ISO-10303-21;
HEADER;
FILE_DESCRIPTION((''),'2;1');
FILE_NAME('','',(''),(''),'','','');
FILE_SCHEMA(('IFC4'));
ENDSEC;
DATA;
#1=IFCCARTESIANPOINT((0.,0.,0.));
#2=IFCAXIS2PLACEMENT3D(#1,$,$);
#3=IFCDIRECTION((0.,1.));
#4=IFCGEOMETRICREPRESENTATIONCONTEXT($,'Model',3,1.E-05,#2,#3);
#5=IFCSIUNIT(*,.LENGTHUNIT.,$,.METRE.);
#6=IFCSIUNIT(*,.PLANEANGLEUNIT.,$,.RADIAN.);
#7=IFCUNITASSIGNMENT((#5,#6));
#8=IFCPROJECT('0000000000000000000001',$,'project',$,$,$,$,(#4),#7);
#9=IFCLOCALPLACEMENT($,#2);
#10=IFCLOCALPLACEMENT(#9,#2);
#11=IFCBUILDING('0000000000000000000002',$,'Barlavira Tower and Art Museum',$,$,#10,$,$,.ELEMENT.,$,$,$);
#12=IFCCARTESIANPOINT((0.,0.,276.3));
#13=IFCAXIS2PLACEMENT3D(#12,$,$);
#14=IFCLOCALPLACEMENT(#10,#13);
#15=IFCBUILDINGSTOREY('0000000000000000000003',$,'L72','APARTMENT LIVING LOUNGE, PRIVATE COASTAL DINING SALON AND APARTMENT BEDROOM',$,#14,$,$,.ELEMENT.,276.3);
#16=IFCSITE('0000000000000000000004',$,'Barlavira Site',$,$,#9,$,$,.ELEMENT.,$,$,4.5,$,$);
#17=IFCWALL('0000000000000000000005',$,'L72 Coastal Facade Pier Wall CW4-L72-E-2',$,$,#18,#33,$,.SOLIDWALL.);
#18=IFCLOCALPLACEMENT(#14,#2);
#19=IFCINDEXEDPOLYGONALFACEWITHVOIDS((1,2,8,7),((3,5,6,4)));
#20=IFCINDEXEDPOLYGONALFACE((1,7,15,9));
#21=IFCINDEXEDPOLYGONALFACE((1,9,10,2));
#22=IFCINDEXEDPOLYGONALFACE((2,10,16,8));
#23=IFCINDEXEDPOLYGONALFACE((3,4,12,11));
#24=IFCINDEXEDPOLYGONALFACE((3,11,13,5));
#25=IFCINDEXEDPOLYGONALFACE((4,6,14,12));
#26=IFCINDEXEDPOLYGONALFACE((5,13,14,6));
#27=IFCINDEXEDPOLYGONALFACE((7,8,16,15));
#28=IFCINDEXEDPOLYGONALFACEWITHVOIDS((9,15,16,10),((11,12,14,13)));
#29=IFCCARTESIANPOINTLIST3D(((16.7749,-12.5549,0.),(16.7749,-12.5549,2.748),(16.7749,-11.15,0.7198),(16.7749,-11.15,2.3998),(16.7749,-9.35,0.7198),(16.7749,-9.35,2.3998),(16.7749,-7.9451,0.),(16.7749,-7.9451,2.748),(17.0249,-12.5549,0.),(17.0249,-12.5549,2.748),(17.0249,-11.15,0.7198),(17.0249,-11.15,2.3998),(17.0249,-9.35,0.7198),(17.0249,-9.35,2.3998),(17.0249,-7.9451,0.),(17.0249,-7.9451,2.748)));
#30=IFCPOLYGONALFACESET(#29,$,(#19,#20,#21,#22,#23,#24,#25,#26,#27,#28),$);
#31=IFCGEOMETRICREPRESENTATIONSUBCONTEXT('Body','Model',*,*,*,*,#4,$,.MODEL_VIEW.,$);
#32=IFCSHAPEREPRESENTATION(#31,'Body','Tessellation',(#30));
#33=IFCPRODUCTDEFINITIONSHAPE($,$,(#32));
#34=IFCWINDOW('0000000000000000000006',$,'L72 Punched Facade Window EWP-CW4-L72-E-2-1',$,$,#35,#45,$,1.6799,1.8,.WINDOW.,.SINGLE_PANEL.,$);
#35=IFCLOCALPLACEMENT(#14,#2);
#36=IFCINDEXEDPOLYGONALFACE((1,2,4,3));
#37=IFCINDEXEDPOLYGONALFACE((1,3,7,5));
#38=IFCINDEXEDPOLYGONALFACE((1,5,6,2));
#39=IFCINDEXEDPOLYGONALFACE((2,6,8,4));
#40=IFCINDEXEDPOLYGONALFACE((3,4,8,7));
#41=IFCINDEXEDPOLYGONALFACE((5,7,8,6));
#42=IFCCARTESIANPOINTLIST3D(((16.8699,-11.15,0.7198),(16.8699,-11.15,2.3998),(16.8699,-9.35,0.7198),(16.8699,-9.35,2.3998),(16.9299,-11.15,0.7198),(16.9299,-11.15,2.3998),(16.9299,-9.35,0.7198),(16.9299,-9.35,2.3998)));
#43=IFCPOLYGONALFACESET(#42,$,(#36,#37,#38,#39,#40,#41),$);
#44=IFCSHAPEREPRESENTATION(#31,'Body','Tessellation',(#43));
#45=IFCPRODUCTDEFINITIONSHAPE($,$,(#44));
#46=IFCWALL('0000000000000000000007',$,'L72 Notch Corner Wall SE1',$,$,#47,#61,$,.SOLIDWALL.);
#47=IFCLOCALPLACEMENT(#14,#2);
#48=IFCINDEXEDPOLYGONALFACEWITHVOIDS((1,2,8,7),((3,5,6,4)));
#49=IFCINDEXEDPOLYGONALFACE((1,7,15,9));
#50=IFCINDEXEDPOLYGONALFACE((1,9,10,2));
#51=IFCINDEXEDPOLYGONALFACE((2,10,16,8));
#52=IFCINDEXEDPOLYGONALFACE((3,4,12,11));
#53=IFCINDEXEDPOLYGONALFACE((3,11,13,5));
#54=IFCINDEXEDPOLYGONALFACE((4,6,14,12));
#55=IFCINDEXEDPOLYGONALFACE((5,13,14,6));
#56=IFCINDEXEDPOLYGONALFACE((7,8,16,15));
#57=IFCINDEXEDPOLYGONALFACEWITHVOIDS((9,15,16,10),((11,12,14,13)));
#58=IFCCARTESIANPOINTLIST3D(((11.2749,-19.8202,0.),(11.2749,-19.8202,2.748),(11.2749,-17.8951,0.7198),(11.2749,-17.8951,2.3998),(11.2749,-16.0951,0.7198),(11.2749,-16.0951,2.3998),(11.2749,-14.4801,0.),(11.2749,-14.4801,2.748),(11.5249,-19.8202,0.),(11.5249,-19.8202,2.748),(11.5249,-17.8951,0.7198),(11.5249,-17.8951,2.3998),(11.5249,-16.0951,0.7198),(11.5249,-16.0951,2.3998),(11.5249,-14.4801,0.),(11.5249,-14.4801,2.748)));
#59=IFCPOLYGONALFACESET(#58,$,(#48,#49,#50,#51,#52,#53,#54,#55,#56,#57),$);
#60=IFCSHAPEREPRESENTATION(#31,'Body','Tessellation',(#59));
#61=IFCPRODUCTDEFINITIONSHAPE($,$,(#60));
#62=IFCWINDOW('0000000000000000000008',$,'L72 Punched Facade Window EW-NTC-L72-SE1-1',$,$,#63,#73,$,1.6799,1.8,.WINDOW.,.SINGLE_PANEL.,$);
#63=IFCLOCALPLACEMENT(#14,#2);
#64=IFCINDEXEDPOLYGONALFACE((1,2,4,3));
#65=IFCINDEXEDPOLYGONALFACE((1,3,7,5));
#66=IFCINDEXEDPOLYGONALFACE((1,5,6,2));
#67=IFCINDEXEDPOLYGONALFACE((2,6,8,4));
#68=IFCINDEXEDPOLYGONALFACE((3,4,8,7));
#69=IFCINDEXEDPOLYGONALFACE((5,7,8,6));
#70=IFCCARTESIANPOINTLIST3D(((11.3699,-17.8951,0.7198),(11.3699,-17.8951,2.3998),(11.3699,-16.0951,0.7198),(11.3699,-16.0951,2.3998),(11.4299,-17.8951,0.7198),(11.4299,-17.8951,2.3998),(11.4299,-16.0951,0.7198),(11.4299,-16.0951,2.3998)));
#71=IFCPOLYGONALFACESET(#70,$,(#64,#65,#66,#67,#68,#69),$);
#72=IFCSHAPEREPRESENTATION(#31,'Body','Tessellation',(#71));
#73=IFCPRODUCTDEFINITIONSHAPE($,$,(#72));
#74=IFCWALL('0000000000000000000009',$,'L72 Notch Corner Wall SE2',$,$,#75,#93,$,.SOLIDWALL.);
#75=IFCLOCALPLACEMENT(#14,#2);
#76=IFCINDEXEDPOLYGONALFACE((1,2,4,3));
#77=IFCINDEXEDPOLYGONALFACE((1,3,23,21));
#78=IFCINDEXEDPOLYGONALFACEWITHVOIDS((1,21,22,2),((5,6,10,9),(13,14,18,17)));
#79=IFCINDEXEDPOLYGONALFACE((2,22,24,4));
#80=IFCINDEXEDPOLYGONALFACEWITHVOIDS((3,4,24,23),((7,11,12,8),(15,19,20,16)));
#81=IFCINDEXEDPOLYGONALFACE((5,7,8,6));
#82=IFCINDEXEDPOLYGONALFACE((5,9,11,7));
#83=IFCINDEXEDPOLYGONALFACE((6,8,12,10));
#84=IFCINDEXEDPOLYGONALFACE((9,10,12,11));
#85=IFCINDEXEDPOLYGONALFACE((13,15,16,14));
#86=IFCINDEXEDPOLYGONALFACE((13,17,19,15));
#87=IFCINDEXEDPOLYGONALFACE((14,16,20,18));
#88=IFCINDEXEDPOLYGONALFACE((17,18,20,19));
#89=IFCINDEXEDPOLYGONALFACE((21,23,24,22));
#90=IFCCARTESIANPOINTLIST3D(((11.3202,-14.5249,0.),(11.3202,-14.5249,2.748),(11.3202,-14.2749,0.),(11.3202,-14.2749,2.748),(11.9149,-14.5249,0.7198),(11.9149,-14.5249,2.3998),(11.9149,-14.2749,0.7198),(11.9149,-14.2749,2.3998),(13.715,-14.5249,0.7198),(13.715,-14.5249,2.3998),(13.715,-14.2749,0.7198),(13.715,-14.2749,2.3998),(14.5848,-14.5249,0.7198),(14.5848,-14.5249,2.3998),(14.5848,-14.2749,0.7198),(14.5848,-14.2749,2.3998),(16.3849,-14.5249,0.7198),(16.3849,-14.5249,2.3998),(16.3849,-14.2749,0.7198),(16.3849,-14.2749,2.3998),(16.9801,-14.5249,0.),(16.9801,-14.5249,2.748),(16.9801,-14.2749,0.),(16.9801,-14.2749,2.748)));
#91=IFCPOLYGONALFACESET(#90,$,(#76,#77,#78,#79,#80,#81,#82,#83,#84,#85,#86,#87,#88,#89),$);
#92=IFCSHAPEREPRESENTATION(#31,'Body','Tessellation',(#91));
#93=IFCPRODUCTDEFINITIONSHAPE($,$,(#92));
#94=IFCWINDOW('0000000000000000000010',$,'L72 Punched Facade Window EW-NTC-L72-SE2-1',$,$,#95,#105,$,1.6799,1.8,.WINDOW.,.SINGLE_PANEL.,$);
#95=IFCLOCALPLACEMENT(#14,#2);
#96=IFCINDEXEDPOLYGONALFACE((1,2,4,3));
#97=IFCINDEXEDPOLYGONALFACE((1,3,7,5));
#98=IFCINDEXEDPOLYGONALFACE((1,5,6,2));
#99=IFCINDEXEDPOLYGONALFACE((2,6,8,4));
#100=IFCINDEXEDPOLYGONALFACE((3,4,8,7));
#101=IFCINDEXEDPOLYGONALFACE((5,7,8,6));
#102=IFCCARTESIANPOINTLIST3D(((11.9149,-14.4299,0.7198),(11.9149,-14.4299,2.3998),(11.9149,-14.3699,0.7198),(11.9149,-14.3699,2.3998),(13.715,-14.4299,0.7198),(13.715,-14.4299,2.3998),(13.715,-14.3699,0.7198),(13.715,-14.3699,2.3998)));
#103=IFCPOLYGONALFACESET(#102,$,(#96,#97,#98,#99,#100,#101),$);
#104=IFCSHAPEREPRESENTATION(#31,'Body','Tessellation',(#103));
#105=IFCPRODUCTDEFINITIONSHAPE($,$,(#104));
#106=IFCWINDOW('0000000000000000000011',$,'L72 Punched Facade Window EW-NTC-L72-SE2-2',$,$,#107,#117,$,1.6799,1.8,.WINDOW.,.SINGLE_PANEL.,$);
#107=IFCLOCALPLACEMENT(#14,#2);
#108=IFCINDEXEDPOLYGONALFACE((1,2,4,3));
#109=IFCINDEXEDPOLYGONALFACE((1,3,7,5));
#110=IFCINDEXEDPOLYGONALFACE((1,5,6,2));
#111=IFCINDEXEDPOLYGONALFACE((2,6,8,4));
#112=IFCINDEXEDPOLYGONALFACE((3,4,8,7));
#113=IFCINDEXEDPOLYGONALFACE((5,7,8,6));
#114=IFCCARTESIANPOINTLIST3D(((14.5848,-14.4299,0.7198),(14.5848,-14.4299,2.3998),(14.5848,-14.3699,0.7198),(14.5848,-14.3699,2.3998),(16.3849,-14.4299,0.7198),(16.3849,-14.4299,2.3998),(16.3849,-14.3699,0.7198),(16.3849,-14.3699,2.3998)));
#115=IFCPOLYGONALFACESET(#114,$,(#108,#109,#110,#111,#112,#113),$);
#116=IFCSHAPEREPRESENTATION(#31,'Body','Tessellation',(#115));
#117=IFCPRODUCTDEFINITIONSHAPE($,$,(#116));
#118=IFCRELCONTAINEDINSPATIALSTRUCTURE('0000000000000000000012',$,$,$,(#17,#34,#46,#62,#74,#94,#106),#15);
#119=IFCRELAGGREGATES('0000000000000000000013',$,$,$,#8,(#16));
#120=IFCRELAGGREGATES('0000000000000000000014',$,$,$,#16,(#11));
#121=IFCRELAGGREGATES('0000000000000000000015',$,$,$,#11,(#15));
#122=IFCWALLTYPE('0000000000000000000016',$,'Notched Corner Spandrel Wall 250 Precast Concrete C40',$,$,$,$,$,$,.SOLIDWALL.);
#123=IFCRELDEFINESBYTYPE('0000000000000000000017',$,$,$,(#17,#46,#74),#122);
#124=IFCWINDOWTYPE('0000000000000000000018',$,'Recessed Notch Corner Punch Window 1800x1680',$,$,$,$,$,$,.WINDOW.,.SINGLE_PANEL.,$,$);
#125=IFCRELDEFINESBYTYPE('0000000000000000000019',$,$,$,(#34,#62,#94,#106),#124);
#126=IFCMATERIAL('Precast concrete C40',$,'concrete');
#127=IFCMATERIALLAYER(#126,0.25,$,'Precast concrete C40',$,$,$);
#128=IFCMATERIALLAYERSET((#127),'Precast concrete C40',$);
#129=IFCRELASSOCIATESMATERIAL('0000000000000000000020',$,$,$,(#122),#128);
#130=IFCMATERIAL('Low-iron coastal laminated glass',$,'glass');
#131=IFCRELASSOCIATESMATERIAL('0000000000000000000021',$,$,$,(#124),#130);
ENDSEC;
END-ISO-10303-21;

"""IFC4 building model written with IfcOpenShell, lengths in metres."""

from ifc_helpers import new_model, si_unit, direction, frame, frame_2d, origin, place, context, subcontext, project, spatial, rectangle, extrude, material, layer, layer_set, type_object, element, fill, save


model = new_model("IFC4")

# Units and contexts
model_context = context("Model", 3, precision=1e-05, world=origin(), true_north=direction((0.0, 1.0)))
body_context = subcontext(model_context, "Body", "Model", "MODEL_VIEW")
ifc_project = project(units=[si_unit("LENGTHUNIT", "METRE"), si_unit("PLANEANGLEUNIT", "RADIAN")], contexts=[model_context])

# Site, building, storey
site_placement = place(None, origin())
site = spatial("IfcSite", under=ifc_project, at=site_placement, Name="Barlavira Site", CompositionType="ELEMENT", RefElevation=4.5)
building_placement = place(site_placement, origin())
building = spatial("IfcBuilding", under=site, at=building_placement, Name="Barlavira Tower and Art Museum", CompositionType="ELEMENT")
storey_placement = place(building_placement, frame((0.0, 0.0, 276.3)))
storey = spatial("IfcBuildingStorey", under=building, at=storey_placement, Name="L72", Description="APARTMENT LIVING LOUNGE, PRIVATE COASTAL DINING SALON AND APARTMENT BEDROOM", CompositionType="ELEMENT", Elevation=276.3)

# Shared definitions
ifc_material_1 = material(Name="Precast concrete C40", Category="concrete")
ifc_layer_1 = layer(ifc_material_1, 0.25, Name="Precast concrete C40")
ifc_layer_set_1 = layer_set([ifc_layer_1], Name="Precast concrete C40")
wall_type_1 = type_object("IfcWallType", Name="Notched Corner Spandrel Wall 250 Precast Concrete C40", PredefinedType="SOLIDWALL", material=ifc_layer_set_1)
ifc_material_2 = material(Name="Low-iron coastal laminated glass", Category="glass")

# Walls, openings, windows
wall_1_placement = place(storey_placement, frame((16.8999, -12.5549, 0.0), z_axis=(0.0, 0.0, 1.0), x_axis=(0.0, 1.0, 0.0)))
wall_1 = element("IfcWall", 1, at=wall_1_placement, inside=storey, type_object=wall_type_1, Name="L72 Coastal Facade Pier Wall CW4-L72-E-2", PredefinedType="SOLIDWALL", context=body_context, shape_type="SweptSolid", body=[
    extrude(rectangle(XDim=4.6099, YDim=0.25, at=frame_2d((2.3049, 0.0))), origin(), (0.0, 0.0, 1.0), 2.748),
])
opening_1_placement = place(wall_1_placement, frame((1.405, 0.0, 0.72)))
opening_1 = element("IfcOpeningElement", 2, at=opening_1_placement, cuts=wall_1, PredefinedType="OPENING", context=body_context, shape_type="SweptSolid", body=[
    extrude(rectangle(XDim=1.8, YDim=1.6799, at=frame_2d((0.8999, 0.8398))), frame((0.0, 0.135, 0.0), z_axis=(0.0, -1.0, 0.0), x_axis=(1.0, 0.0, 0.0)), (0.0, 0.0, 1.0), 0.27),
])
window_type_1 = type_object("IfcWindowType", Name="Recessed Notch Corner Punch Window 1800x1680", PartitioningType="SINGLE_PANEL", PredefinedType="WINDOW", material=ifc_material_2)
window_1_placement = place(opening_1_placement, origin())
window_1 = element("IfcWindow", 3, at=window_1_placement, inside=storey, type_object=window_type_1, Name="L72 Punched Facade Window EWP-CW4-L72-E-2-1", OverallHeight=1.6799, OverallWidth=1.8, PartitioningType="SINGLE_PANEL", PredefinedType="WINDOW", context=body_context, shape_type="SweptSolid", body=[
    extrude(rectangle(XDim=1.8, YDim=1.6799, at=frame_2d((0.8999, 0.8398))), frame((0.0, 0.03, 0.0), z_axis=(0.0, -1.0, 0.0), x_axis=(1.0, 0.0, 0.0)), (0.0, 0.0, 1.0), 0.0601),
])
fill(opening_1, window_1)
wall_2_placement = place(storey_placement, frame((11.3999, -19.8201, 0.0), z_axis=(0.0, 0.0, 1.0), x_axis=(0.0, 1.0, 0.0)))
wall_2 = element("IfcWall", 4, at=wall_2_placement, inside=storey, type_object=wall_type_1, Name="L72 Notch Corner Wall SE1", PredefinedType="SOLIDWALL", context=body_context, shape_type="SweptSolid", body=[
    extrude(rectangle(XDim=5.3401, YDim=0.25, at=frame_2d((2.6699, 0.0))), origin(), (0.0, 0.0, 1.0), 2.748),
])
opening_2_placement = place(wall_2_placement, frame((1.925, 0.0, 0.72)))
opening_2 = element("IfcOpeningElement", 5, at=opening_2_placement, cuts=wall_2, PredefinedType="OPENING", context=body_context, shape_type="SweptSolid", body=[
    extrude(rectangle(XDim=1.8, YDim=1.6799, at=frame_2d((0.8999, 0.8398))), frame((0.0, 0.135, 0.0), z_axis=(0.0, -1.0, 0.0), x_axis=(1.0, 0.0, 0.0)), (0.0, 0.0, 1.0), 0.27),
])
window_2_placement = place(opening_2_placement, origin())
window_2 = element("IfcWindow", 6, at=window_2_placement, inside=storey, type_object=window_type_1, Name="L72 Punched Facade Window EW-NTC-L72-SE1-1", OverallHeight=1.6799, OverallWidth=1.8, PartitioningType="SINGLE_PANEL", PredefinedType="WINDOW", context=body_context, shape_type="SweptSolid", body=[
    extrude(rectangle(XDim=1.8, YDim=1.6799, at=frame_2d((0.8999, 0.8398))), frame((0.0, 0.03, 0.0), z_axis=(0.0, -1.0, 0.0), x_axis=(1.0, 0.0, 0.0)), (0.0, 0.0, 1.0), 0.0601),
])
fill(opening_2, window_2)

# Wall, openings, windows
wall_3_placement = place(storey_placement, frame((11.3201, -14.3999, 0.0), z_axis=(0.0, 0.0, 1.0), x_axis=(1.0, 0.0, 0.0)))
wall_3 = element("IfcWall", 7, at=wall_3_placement, inside=storey, type_object=wall_type_1, Name="L72 Notch Corner Wall SE2", PredefinedType="SOLIDWALL", context=body_context, shape_type="SweptSolid", body=[
    extrude(rectangle(XDim=5.6599, YDim=0.25, at=frame_2d((2.8301, 0.0))), origin(), (0.0, 0.0, 1.0), 2.748),
])
opening_3_placement = place(wall_3_placement, frame((0.595, 0.0, 0.72)))
opening_3 = element("IfcOpeningElement", 8, at=opening_3_placement, cuts=wall_3, PredefinedType="OPENING", context=body_context, shape_type="SweptSolid", body=[
    extrude(rectangle(XDim=1.8, YDim=1.6799, at=frame_2d((0.8999, 0.8398))), frame((0.0, 0.135, 0.0), z_axis=(0.0, -1.0, 0.0), x_axis=(1.0, 0.0, 0.0)), (0.0, 0.0, 1.0), 0.27),
])
opening_4_placement = place(wall_3_placement, frame((3.2649, 0.0, 0.72)))
opening_4 = element("IfcOpeningElement", 9, at=opening_4_placement, cuts=wall_3, PredefinedType="OPENING", context=body_context, shape_type="SweptSolid", body=[
    extrude(rectangle(XDim=1.8, YDim=1.6799, at=frame_2d((0.8999, 0.8398))), frame((0.0, 0.135, 0.0), z_axis=(0.0, -1.0, 0.0), x_axis=(1.0, 0.0, 0.0)), (0.0, 0.0, 1.0), 0.27),
])
window_3_placement = place(opening_3_placement, origin())
window_3 = element("IfcWindow", 10, at=window_3_placement, inside=storey, type_object=window_type_1, Name="L72 Punched Facade Window EW-NTC-L72-SE2-1", OverallHeight=1.6799, OverallWidth=1.8, PartitioningType="SINGLE_PANEL", PredefinedType="WINDOW", context=body_context, shape_type="SweptSolid", body=[
    extrude(rectangle(XDim=1.8, YDim=1.6799, at=frame_2d((0.8999, 0.8398))), frame((0.0, 0.03, 0.0), z_axis=(0.0, -1.0, 0.0), x_axis=(1.0, 0.0, 0.0)), (0.0, 0.0, 1.0), 0.0601),
])
fill(opening_3, window_3)
window_4_placement = place(opening_4_placement, origin())
window_4 = element("IfcWindow", 11, at=window_4_placement, inside=storey, type_object=window_type_1, Name="L72 Punched Facade Window EW-NTC-L72-SE2-2", OverallHeight=1.6799, OverallWidth=1.8, PartitioningType="SINGLE_PANEL", PredefinedType="WINDOW", context=body_context, shape_type="SweptSolid", body=[
    extrude(rectangle(XDim=1.8, YDim=1.6799, at=frame_2d((0.8999, 0.8398))), frame((0.0, 0.03, 0.0), z_axis=(0.0, -1.0, 0.0), x_axis=(1.0, 0.0, 0.0)), (0.0, 0.0, 1.0), 0.0601),
])
fill(opening_4, window_4)

save(model, "model.ifc")
